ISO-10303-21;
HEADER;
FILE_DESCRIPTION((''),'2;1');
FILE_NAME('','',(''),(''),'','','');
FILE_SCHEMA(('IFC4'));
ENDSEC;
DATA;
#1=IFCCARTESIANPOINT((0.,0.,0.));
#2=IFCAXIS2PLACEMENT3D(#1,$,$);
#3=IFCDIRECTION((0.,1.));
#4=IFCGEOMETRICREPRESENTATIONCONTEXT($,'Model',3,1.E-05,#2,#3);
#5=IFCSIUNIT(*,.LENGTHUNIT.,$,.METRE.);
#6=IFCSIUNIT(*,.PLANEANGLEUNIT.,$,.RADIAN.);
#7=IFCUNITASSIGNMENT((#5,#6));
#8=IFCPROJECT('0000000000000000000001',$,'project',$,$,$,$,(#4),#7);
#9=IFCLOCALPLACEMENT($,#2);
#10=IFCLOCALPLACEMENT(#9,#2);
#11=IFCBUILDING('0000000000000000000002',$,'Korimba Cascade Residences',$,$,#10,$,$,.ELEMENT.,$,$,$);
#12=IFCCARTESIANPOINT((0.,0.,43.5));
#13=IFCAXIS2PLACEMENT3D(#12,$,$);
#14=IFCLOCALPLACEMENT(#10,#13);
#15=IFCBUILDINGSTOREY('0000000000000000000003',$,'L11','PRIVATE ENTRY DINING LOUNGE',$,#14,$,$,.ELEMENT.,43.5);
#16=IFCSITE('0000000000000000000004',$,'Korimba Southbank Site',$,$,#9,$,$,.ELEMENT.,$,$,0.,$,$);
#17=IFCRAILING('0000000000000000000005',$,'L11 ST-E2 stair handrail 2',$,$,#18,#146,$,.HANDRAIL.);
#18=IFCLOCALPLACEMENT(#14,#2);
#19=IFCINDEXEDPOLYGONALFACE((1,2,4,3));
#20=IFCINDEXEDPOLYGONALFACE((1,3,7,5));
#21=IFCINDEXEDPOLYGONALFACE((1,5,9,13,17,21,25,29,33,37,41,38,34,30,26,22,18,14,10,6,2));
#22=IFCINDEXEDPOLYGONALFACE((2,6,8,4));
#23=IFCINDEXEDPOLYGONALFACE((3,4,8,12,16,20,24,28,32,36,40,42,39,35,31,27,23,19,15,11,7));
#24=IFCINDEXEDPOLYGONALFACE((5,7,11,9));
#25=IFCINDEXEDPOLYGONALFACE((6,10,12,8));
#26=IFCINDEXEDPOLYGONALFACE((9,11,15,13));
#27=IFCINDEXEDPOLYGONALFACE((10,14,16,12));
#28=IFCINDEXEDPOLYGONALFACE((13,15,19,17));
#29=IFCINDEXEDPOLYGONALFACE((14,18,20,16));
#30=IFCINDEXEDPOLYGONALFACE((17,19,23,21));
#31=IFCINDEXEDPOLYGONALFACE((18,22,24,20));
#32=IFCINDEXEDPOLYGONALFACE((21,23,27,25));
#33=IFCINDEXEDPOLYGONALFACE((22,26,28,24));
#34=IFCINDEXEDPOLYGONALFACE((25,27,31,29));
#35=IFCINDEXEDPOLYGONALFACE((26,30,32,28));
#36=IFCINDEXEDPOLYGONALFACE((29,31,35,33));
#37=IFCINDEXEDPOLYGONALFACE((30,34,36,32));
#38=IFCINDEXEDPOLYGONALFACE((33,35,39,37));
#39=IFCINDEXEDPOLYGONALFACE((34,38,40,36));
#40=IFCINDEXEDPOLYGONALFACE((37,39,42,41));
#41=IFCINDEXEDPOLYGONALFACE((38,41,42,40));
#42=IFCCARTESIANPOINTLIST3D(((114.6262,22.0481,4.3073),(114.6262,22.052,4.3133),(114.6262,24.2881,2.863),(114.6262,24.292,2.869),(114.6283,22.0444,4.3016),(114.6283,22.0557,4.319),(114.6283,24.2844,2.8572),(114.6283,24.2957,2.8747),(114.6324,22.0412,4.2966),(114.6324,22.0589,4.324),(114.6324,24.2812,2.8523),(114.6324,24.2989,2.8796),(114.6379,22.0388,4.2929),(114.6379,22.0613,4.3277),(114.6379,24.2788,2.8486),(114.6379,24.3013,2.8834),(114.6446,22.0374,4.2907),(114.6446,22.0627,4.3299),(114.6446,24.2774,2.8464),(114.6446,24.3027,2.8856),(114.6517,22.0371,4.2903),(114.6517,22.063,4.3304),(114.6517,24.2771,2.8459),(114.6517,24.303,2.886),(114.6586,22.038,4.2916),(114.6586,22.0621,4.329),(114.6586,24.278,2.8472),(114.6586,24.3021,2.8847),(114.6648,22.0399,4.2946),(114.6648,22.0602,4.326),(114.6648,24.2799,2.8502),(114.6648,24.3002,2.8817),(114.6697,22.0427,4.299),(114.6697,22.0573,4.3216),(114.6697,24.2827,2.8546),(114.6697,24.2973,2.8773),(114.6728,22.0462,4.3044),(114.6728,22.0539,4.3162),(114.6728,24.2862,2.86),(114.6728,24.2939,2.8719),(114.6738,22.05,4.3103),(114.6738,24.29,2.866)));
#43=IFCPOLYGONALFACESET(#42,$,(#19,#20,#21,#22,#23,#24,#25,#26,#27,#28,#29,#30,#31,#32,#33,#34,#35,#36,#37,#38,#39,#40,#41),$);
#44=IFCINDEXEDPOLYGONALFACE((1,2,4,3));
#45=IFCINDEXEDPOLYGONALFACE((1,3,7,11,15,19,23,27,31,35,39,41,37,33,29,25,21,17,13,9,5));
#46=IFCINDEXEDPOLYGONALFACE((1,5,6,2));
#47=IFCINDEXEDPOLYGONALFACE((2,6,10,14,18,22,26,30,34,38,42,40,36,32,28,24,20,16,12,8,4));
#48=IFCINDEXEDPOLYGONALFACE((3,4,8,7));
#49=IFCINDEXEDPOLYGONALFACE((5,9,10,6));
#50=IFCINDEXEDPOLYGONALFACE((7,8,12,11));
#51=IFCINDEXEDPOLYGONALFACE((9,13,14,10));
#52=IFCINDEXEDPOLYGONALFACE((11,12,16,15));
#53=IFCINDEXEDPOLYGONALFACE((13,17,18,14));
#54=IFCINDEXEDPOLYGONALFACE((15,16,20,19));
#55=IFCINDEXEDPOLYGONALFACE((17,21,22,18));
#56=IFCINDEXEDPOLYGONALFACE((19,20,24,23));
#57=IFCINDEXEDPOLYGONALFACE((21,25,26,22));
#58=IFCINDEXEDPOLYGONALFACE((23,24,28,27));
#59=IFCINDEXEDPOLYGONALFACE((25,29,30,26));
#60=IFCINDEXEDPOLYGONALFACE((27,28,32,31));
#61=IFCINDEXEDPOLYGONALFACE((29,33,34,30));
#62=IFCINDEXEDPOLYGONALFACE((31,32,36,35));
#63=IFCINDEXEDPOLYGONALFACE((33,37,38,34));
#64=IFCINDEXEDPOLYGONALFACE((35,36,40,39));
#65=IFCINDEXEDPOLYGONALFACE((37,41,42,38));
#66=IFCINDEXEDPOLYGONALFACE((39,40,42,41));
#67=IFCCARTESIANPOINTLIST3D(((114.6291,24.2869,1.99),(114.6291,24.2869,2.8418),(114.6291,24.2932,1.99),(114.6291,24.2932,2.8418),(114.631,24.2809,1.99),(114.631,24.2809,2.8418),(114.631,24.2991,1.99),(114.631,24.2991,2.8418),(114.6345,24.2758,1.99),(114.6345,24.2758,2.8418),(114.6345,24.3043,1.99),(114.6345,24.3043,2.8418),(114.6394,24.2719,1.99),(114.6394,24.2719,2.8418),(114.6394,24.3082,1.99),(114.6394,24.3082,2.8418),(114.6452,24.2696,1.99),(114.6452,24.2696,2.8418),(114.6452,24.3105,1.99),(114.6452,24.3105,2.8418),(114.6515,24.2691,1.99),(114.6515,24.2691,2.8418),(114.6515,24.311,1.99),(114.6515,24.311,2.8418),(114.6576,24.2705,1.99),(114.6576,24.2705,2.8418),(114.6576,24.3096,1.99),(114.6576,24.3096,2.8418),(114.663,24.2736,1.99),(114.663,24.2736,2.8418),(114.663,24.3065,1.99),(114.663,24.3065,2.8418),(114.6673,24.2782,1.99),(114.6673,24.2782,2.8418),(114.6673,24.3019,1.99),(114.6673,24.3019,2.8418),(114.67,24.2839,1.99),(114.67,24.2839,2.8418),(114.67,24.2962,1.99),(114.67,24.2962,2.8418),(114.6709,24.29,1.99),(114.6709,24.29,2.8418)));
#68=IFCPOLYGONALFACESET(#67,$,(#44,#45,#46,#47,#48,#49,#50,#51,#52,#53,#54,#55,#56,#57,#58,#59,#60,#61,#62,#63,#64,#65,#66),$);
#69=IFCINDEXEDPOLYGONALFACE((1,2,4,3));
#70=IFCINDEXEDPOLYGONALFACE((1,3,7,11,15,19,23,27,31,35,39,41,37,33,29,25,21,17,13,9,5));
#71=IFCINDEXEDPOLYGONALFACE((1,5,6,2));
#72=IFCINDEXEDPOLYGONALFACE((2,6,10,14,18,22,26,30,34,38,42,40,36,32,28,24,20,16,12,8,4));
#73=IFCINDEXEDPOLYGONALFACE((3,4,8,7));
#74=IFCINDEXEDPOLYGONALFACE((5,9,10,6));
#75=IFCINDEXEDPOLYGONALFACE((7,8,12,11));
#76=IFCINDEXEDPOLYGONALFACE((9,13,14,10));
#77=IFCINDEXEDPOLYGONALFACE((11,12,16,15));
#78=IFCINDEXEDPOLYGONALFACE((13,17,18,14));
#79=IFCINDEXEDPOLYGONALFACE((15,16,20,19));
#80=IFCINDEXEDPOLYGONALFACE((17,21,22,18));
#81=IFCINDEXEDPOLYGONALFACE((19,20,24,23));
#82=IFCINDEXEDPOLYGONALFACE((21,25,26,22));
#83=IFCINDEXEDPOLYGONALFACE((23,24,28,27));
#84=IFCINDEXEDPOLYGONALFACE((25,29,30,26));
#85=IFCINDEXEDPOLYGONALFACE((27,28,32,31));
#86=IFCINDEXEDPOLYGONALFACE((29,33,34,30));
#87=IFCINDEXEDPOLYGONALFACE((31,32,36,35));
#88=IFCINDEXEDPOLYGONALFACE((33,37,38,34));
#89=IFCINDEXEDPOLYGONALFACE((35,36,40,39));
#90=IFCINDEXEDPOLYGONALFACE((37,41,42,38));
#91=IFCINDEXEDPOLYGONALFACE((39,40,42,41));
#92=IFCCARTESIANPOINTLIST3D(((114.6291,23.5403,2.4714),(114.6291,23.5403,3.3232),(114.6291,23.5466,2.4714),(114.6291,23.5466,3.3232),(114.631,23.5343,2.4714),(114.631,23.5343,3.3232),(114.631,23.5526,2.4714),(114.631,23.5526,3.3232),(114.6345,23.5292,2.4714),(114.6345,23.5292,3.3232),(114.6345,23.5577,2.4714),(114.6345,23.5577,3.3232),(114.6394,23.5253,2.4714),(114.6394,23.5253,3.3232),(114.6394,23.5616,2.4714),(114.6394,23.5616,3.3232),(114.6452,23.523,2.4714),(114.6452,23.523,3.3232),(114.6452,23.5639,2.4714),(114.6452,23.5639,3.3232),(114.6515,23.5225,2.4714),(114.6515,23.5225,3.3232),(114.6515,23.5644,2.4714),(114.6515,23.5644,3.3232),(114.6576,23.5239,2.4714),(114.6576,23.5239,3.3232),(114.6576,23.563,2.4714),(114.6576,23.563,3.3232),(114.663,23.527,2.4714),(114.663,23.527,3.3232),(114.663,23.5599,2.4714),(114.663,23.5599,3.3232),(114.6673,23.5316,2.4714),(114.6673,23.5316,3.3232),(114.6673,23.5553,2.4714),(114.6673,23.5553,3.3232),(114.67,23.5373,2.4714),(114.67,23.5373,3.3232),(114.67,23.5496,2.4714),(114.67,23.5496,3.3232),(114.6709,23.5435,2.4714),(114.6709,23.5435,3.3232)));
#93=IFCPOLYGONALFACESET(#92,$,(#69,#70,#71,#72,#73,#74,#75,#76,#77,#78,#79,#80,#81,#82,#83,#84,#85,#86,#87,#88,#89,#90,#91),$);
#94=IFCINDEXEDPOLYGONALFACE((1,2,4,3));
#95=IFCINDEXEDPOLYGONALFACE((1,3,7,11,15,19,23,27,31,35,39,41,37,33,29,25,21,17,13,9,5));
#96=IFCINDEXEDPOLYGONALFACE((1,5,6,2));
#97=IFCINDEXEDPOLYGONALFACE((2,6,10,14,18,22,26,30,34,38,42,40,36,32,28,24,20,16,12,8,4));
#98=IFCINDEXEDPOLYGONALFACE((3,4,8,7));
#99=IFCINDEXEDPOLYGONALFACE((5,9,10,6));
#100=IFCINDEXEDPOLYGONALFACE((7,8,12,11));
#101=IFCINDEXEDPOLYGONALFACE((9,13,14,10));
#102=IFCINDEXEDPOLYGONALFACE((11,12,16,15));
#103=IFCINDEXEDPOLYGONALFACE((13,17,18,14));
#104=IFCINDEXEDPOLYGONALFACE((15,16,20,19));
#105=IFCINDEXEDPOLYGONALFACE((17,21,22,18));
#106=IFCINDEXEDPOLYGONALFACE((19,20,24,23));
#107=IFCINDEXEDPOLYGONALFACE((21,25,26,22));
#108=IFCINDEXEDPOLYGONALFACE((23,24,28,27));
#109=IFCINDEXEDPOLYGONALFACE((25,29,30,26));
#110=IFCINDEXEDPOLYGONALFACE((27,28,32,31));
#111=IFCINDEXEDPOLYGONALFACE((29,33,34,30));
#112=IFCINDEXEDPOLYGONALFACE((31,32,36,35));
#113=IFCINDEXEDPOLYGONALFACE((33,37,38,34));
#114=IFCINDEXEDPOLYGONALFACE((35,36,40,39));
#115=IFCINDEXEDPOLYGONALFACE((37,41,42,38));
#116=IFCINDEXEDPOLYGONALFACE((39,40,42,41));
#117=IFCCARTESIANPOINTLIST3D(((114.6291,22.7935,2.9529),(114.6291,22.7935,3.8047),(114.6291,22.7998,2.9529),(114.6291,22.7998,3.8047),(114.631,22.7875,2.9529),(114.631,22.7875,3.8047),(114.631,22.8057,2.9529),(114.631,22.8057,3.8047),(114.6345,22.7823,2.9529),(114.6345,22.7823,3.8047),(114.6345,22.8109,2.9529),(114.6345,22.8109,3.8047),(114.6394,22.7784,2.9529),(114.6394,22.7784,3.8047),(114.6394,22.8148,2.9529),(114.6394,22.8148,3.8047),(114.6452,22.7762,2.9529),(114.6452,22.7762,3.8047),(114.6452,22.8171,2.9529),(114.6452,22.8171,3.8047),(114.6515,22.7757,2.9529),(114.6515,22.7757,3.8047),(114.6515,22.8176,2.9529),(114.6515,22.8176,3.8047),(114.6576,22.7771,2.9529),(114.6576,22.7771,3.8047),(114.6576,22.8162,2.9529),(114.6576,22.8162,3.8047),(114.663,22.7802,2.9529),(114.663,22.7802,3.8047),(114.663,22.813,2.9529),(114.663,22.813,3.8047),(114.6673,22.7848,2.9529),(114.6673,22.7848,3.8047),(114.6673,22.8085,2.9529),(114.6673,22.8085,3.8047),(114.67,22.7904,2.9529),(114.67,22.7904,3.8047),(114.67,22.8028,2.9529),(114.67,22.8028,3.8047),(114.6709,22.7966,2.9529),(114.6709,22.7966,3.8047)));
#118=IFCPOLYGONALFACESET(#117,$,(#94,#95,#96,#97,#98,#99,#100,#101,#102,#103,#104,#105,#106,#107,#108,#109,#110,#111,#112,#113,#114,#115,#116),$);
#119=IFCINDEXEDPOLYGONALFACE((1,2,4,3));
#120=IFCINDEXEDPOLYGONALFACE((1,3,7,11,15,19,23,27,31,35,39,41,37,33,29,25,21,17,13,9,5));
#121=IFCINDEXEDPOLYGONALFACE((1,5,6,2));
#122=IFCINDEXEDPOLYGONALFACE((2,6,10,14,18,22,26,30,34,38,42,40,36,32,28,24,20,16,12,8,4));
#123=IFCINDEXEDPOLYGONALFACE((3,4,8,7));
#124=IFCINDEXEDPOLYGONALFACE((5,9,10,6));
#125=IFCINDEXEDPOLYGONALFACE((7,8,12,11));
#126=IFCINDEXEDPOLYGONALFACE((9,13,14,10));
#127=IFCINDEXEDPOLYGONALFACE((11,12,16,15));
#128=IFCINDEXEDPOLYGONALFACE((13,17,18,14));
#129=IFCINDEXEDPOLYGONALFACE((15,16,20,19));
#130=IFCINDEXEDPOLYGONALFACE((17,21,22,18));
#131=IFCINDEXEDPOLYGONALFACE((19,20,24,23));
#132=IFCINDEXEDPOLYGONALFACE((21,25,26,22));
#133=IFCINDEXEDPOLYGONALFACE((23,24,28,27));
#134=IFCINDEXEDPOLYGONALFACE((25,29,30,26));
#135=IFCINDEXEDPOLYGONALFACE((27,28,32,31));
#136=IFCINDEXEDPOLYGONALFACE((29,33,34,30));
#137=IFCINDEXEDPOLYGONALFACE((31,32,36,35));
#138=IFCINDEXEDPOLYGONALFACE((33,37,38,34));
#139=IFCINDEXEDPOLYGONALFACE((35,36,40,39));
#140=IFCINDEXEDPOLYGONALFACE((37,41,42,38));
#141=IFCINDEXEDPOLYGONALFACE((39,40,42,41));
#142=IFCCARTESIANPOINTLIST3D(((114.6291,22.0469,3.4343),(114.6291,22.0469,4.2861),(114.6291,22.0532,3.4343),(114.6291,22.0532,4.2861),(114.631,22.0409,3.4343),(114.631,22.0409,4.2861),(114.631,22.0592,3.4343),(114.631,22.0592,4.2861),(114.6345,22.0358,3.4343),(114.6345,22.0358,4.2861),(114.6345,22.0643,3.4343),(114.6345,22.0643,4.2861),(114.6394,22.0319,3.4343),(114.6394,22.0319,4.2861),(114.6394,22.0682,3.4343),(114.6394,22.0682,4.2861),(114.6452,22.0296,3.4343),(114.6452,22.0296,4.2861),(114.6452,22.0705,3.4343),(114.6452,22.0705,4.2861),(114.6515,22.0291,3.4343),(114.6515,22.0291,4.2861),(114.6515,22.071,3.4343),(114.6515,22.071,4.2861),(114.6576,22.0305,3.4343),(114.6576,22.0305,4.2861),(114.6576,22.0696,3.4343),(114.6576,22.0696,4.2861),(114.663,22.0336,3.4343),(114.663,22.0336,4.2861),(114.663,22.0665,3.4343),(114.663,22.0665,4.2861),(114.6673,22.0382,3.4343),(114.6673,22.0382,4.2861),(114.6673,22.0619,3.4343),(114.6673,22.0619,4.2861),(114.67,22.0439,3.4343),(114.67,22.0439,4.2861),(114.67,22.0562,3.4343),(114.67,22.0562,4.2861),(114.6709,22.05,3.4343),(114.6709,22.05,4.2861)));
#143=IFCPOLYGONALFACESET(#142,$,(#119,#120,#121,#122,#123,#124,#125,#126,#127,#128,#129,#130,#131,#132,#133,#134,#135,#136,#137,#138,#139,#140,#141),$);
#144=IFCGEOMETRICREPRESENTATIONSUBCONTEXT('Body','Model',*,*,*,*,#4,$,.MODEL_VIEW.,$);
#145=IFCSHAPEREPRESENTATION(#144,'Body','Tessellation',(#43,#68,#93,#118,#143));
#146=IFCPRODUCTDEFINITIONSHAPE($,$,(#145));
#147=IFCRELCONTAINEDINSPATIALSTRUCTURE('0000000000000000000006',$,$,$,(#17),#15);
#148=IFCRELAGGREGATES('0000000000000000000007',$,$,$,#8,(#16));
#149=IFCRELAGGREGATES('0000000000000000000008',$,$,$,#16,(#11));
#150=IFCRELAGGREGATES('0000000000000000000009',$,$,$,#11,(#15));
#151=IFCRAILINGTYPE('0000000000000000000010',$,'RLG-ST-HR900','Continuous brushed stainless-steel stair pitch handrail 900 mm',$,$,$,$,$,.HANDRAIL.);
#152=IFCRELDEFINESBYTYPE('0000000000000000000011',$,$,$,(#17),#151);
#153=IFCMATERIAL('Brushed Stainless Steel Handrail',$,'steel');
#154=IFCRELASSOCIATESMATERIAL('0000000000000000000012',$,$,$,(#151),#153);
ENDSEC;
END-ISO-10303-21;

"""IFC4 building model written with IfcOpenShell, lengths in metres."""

from ifc_helpers import new_model, si_unit, direction, frame, origin, origin_2d, place, context, subcontext, project, spatial, circle, extrude, material, type_object, element, save


model = new_model("IFC4")

# Units and contexts
model_context = context("Model", 3, precision=1e-05, world=origin(), true_north=direction((0.0, 1.0)))
body_context = subcontext(model_context, "Body", "Model", "MODEL_VIEW")
ifc_project = project(units=[si_unit("LENGTHUNIT", "METRE"), si_unit("PLANEANGLEUNIT", "RADIAN")], contexts=[model_context])

# Site, building, storey
site_placement = place(None, origin())
site = spatial("IfcSite", under=ifc_project, at=site_placement, Name="Korimba Southbank Site", CompositionType="ELEMENT", RefElevation=0.0)
building_placement = place(site_placement, origin())
building = spatial("IfcBuilding", under=site, at=building_placement, Name="Korimba Cascade Residences", CompositionType="ELEMENT")
storey_placement = place(building_placement, frame((0.0, 0.0, 43.5)))
storey = spatial("IfcBuildingStorey", under=building, at=storey_placement, Name="L11", Description="PRIVATE ENTRY DINING LOUNGE", CompositionType="ELEMENT", Elevation=43.5)

# Railing
ifc_material_1 = material(Name="Brushed Stainless Steel Handrail", Category="steel")
railing_type_1 = type_object("IfcRailingType", Name="RLG-ST-HR900", Description="Continuous brushed stainless-steel stair pitch handrail 900 mm", PredefinedType="HANDRAIL", material=ifc_material_1)
railing_1_placement = place(storey_placement, frame((114.6499, 24.29, 1.99)))
element("IfcRailing", 1, at=railing_1_placement, inside=storey, type_object=railing_type_1, Name="L11 ST-E2 stair handrail 2", PredefinedType="HANDRAIL", context=body_context, shape_type="SweptSolid", body=[
    extrude(circle(Radius=0.0239, at=origin_2d()), frame((0.0, 0.0, 0.876), z_axis=(0.0, -0.840437, 0.54191), x_axis=(1.0, 0.0, 0.0)), (0.0, 0.0, 1.0), 2.6653),
    extrude(circle(Radius=0.021, at=origin_2d()), origin(), (0.0, 0.0, 1.0), 0.8518),
    extrude(circle(Radius=0.021, at=origin_2d()), frame((0.0, -0.7466, 0.4814)), (0.0, 0.0, 1.0), 0.8518),
    extrude(circle(Radius=0.021, at=origin_2d()), frame((0.0, -1.4934, 0.9629)), (0.0, 0.0, 1.0), 0.8518),
    extrude(circle(Radius=0.021, at=origin_2d()), frame((0.0, -2.24, 1.4443)), (0.0, 0.0, 1.0), 0.8518),
])

save(model, "model.ifc")
